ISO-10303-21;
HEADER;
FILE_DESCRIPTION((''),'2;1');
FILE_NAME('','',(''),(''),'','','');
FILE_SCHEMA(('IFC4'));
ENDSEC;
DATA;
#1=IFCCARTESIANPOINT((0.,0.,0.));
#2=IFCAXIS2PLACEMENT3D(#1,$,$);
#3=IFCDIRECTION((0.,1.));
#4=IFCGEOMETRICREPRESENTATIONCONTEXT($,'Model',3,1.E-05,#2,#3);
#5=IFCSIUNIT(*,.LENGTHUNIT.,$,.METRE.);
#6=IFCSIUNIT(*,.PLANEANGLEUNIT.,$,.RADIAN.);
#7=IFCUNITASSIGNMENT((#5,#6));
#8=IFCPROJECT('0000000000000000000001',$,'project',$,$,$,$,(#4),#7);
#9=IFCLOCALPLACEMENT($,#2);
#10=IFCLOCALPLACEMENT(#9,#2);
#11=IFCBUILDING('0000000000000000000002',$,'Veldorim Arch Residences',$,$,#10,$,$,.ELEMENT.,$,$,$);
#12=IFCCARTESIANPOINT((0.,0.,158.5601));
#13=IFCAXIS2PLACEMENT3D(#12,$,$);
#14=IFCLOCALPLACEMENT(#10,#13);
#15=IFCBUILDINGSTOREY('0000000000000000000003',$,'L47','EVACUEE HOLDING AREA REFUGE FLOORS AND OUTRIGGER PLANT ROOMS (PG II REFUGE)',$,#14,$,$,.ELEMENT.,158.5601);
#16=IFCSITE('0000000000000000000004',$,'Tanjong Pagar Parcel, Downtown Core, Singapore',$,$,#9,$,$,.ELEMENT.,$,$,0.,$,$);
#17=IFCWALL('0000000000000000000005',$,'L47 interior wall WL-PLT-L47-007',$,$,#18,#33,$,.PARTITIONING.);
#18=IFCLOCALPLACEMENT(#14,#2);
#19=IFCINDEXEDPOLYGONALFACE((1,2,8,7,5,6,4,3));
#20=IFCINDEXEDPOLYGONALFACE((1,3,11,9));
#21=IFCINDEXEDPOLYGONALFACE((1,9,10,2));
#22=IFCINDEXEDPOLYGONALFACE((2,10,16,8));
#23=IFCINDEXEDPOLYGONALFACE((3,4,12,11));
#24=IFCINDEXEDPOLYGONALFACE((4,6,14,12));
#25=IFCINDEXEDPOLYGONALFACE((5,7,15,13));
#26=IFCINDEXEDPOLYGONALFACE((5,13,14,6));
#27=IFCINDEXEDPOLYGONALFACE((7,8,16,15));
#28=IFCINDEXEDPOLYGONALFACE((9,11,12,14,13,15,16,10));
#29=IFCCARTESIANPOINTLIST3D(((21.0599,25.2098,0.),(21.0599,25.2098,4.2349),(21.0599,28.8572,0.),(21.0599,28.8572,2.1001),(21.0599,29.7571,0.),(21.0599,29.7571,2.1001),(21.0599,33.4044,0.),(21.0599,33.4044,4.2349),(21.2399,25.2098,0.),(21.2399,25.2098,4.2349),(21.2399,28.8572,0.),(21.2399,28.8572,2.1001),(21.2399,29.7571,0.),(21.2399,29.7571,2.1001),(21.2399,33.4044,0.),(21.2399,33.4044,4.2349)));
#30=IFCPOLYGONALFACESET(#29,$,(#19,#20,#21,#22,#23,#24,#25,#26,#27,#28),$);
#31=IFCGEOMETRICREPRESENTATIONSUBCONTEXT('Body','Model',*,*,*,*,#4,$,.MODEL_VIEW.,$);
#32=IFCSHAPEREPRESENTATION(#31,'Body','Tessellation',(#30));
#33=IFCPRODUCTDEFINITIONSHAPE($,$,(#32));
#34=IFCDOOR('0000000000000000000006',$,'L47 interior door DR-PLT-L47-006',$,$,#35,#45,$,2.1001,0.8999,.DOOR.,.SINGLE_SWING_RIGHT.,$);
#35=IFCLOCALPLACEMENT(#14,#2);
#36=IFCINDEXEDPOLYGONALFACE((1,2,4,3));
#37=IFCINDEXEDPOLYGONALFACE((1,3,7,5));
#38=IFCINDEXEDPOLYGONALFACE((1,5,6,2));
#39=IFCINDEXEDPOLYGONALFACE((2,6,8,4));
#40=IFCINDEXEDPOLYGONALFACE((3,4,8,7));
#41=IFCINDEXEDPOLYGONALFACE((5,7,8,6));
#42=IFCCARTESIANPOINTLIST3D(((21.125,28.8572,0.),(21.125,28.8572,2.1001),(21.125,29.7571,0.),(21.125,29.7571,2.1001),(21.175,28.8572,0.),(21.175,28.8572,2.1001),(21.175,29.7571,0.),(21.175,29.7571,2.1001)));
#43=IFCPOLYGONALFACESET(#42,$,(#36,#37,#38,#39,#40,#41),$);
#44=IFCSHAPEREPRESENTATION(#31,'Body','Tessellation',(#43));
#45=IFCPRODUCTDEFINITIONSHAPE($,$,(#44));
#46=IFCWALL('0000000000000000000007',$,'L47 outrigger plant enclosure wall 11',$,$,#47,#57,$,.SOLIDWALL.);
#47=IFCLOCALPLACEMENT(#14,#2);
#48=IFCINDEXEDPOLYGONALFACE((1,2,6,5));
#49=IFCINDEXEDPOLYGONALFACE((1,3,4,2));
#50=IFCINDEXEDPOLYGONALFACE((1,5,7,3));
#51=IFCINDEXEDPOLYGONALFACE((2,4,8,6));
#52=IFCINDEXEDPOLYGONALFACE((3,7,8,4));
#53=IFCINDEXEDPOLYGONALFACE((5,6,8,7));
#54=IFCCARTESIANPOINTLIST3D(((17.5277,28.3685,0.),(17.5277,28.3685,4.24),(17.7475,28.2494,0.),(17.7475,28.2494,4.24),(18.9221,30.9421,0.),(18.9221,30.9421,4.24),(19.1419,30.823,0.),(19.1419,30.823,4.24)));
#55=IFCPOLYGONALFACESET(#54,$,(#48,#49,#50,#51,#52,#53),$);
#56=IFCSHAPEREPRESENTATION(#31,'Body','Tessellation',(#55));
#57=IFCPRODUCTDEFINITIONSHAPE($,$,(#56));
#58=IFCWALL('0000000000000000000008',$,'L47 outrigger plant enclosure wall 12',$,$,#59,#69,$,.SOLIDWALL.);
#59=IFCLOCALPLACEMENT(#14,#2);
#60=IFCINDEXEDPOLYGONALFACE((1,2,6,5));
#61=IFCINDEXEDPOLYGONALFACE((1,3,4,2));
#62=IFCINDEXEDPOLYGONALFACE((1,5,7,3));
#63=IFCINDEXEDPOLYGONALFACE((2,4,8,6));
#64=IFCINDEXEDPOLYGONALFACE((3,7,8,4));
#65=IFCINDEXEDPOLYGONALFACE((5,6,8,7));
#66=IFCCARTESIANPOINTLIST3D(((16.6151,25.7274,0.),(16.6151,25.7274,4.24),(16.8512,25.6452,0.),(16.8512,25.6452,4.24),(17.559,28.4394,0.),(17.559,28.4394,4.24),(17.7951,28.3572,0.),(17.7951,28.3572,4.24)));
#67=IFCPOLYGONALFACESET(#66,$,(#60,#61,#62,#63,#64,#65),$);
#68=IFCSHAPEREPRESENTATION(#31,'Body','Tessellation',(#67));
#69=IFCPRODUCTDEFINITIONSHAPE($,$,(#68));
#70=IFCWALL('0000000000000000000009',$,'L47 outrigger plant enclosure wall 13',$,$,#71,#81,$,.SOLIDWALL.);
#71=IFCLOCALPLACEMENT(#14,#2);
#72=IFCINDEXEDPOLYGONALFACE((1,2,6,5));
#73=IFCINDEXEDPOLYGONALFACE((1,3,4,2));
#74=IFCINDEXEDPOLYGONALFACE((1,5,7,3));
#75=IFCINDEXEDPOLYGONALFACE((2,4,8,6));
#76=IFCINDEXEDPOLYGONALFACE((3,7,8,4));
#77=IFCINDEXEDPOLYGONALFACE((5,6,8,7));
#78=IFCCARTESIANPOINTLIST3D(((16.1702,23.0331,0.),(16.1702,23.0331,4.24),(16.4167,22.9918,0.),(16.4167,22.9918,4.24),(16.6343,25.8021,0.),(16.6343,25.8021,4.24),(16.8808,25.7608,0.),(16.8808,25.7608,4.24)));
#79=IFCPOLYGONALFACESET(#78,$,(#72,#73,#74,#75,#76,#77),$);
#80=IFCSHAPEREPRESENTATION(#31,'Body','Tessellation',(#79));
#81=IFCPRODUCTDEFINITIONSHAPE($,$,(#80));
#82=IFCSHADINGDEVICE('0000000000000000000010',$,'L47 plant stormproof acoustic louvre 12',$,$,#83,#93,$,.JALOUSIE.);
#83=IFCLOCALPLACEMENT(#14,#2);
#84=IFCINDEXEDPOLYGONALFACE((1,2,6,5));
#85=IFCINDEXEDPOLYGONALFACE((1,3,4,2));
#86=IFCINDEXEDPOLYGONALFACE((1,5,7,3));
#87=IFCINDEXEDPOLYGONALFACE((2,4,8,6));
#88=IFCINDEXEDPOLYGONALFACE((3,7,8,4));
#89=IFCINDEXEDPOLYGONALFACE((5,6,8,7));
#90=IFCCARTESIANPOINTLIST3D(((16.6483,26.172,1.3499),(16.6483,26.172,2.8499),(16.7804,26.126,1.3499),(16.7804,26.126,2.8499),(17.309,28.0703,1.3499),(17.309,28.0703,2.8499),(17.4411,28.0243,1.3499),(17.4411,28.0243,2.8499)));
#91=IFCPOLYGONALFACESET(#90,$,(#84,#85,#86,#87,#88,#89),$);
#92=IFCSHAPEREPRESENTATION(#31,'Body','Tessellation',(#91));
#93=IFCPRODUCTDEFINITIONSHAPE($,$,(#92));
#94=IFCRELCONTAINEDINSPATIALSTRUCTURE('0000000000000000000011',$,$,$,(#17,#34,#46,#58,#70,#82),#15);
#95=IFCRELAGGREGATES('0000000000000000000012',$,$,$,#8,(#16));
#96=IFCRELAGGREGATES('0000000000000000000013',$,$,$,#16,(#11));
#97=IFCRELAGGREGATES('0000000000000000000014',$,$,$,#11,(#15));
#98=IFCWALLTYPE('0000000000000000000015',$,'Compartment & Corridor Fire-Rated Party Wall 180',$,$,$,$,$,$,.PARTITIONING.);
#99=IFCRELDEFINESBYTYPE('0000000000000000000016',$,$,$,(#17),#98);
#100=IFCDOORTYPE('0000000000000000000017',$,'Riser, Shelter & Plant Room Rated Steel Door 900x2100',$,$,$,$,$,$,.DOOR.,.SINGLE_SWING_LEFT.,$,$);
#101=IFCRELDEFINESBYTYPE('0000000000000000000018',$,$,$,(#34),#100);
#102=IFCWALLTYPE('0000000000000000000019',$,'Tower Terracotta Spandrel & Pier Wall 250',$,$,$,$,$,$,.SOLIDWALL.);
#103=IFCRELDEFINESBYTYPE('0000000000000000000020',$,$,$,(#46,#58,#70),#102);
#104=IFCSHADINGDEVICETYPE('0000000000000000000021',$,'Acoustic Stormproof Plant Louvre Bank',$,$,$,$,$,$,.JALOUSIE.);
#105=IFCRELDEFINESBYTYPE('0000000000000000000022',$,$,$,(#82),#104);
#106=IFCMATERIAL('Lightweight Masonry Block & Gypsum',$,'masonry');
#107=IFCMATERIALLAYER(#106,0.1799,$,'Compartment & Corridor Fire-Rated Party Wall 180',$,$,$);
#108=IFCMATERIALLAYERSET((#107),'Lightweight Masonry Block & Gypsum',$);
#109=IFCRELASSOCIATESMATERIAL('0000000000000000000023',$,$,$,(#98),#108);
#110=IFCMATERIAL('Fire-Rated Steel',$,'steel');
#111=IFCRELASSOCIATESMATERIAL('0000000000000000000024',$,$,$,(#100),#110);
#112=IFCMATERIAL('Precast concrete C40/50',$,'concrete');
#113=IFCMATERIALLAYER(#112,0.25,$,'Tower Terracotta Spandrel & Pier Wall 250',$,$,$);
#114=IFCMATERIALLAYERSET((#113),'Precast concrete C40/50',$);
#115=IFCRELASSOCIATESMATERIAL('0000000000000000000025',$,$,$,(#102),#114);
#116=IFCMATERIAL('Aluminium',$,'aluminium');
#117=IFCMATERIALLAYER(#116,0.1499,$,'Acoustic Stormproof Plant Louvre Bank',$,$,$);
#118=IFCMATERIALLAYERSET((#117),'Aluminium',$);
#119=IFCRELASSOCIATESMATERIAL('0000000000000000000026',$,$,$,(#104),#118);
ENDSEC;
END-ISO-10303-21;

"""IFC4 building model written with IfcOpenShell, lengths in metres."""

from ifc_helpers import new_model, si_unit, direction, frame, frame_2d, origin, origin_2d, place, context, subcontext, project, spatial, rectangle, extrude, material, layer, layer_set, type_object, element, fill, save


model = new_model("IFC4")

# Units and contexts
model_context = context("Model", 3, precision=1e-05, world=origin(), true_north=direction((0.0, 1.0)))
body_context = subcontext(model_context, "Body", "Model", "MODEL_VIEW")
ifc_project = project(units=[si_unit("LENGTHUNIT", "METRE"), si_unit("PLANEANGLEUNIT", "RADIAN")], contexts=[model_context])

# Site, building, storey
site_placement = place(None, origin())
site = spatial("IfcSite", under=ifc_project, at=site_placement, Name="Tanjong Pagar Parcel, Downtown Core, Singapore", CompositionType="ELEMENT", RefElevation=0.0)
building_placement = place(site_placement, origin())
building = spatial("IfcBuilding", under=site, at=building_placement, Name="Veldorim Arch Residences", CompositionType="ELEMENT")
storey_placement = place(building_placement, frame((0.0, 0.0, 158.5601)))
storey = spatial("IfcBuildingStorey", under=building, at=storey_placement, Name="L47", Description="EVACUEE HOLDING AREA REFUGE FLOORS AND OUTRIGGER PLANT ROOMS (PG II REFUGE)", CompositionType="ELEMENT", Elevation=158.5601)

# Shared definitions
ifc_material_1 = material(Name="Lightweight Masonry Block & Gypsum", Category="masonry")
ifc_layer_1 = layer(ifc_material_1, 0.1799, Name="Compartment & Corridor Fire-Rated Party Wall 180")
ifc_layer_set_1 = layer_set([ifc_layer_1], Name="Lightweight Masonry Block & Gypsum")
wall_type_1 = type_object("IfcWallType", Name="Compartment & Corridor Fire-Rated Party Wall 180", PredefinedType="PARTITIONING", material=ifc_layer_set_1)

# Wall, opening, door
wall_1_placement = place(storey_placement, frame((21.1499, 25.21, 0.0), z_axis=(0.0, 0.0, 1.0), x_axis=(0.0, 1.0, 0.0)))
wall_1 = element("IfcWall", 1, at=wall_1_placement, inside=storey, type_object=wall_type_1, Name="L47 interior wall WL-PLT-L47-007", PredefinedType="PARTITIONING", context=body_context, shape_type="SweptSolid", body=[
    extrude(rectangle(XDim=8.1946, YDim=0.1799, at=frame_2d((4.0972, 0.0))), origin(), (0.0, 0.0, 1.0), 4.2349),
])
opening_placement = place(wall_1_placement, frame((3.6472, 0.0, 0.0)))
opening = element("IfcOpeningElement", 2, at=opening_placement, cuts=wall_1, PredefinedType="OPENING", context=body_context, shape_type="SweptSolid", body=[
    extrude(rectangle(XDim=0.8999, YDim=2.1001, at=frame_2d((0.45, 1.05))), frame((0.0, 0.0999, 0.0), z_axis=(0.0, -1.0, 0.0), x_axis=(1.0, 0.0, 0.0)), (0.0, 0.0, 1.0), 0.2),
])
ifc_material_2 = material(Name="Fire-Rated Steel", Category="steel")
door_type = type_object("IfcDoorType", Name="Riser, Shelter & Plant Room Rated Steel Door 900x2100", OperationType="SINGLE_SWING_LEFT", PredefinedType="DOOR", material=ifc_material_2)
door_placement = place(opening_placement, origin())
door = element("IfcDoor", 3, at=door_placement, inside=storey, type_object=door_type, Name="L47 interior door DR-PLT-L47-006", OperationType="SINGLE_SWING_RIGHT", OverallHeight=2.1001, OverallWidth=0.8999, PredefinedType="DOOR", context=body_context, shape_type="SweptSolid", body=[
    extrude(rectangle(XDim=0.8999, YDim=2.1001, at=frame_2d((0.45, 1.05))), frame((0.0, 0.0249, 0.0), z_axis=(0.0, -1.0, 0.0), x_axis=(1.0, 0.0, 0.0)), (0.0, 0.0, 1.0), 0.05),
])
fill(opening, door)

# Walls
ifc_material_3 = material(Name="Precast concrete C40/50", Category="concrete")
ifc_layer_2 = layer(ifc_material_3, 0.25, Name="Tower Terracotta Spandrel & Pier Wall 250")
ifc_layer_set_2 = layer_set([ifc_layer_2], Name="Precast concrete C40/50")
wall_type_2 = type_object("IfcWallType", Name="Tower Terracotta Spandrel & Pier Wall 250", PredefinedType="SOLIDWALL", material=ifc_layer_set_2)
wall_2_placement = place(storey_placement, frame((17.6377, 28.3091, 0.0), z_axis=(0.0, 0.0, 1.0), x_axis=(0.476366, 0.879247, 0.0)))
element("IfcWall", 4, at=wall_2_placement, inside=storey, type_object=wall_type_2, Name="L47 outrigger plant enclosure wall 11", PredefinedType="SOLIDWALL", context=body_context, shape_type="SweptSolid", body=[
    extrude(rectangle(XDim=2.927, YDim=0.25, at=frame_2d((1.4634, 0.0))), origin(), (0.0, 0.0, 1.0), 4.24),
])
wall_3_placement = place(storey_placement, frame((16.7332, 25.6863, 0.0), z_axis=(0.0, 0.0, 1.0), x_axis=(0.328699, 0.944435, 0.0)))
element("IfcWall", 5, at=wall_3_placement, inside=storey, type_object=wall_type_2, Name="L47 outrigger plant enclosure wall 12", PredefinedType="SOLIDWALL", context=body_context, shape_type="SweptSolid", body=[
    extrude(rectangle(XDim=2.8716, YDim=0.25, at=frame_2d((1.4358, 0.0))), origin(), (0.0, 0.0, 1.0), 4.24),
])
wall_4_placement = place(storey_placement, frame((16.2935, 23.0125, 0.0), z_axis=(0.0, 0.0, 1.0), x_axis=(0.165301, 0.986243, 0.0)))
element("IfcWall", 6, at=wall_4_placement, inside=storey, type_object=wall_type_2, Name="L47 outrigger plant enclosure wall 13", PredefinedType="SOLIDWALL", context=body_context, shape_type="SweptSolid", body=[
    extrude(rectangle(XDim=2.8076, YDim=0.25, at=frame_2d((1.4038, 0.0))), origin(), (0.0, 0.0, 1.0), 4.24),
])

# Shading device
ifc_material_4 = material(Name="Aluminium", Category="aluminium")
ifc_layer_3 = layer(ifc_material_4, 0.1499, Name="Acoustic Stormproof Plant Louvre Bank")
ifc_layer_set_3 = layer_set([ifc_layer_3], Name="Aluminium")
shading_device_type = type_object("IfcShadingDeviceType", Name="Acoustic Stormproof Plant Louvre Bank", PredefinedType="JALOUSIE", material=ifc_layer_set_3)
shading_device_placement = place(storey_placement, frame((17.0447, 27.0981, 1.3499), z_axis=(0.0, 0.0, 1.0), x_axis=(0.328702, 0.944434, 0.0)))
element("IfcShadingDevice", 7, at=shading_device_placement, inside=storey, type_object=shading_device_type, Name="L47 plant stormproof acoustic louvre 12", PredefinedType="JALOUSIE", context=body_context, shape_type="SweptSolid", body=[
    extrude(rectangle(XDim=2.01, YDim=0.1399, at=origin_2d()), origin(), (0.0, 0.0, 1.0), 1.5),
])

save(model, "model.ifc")
